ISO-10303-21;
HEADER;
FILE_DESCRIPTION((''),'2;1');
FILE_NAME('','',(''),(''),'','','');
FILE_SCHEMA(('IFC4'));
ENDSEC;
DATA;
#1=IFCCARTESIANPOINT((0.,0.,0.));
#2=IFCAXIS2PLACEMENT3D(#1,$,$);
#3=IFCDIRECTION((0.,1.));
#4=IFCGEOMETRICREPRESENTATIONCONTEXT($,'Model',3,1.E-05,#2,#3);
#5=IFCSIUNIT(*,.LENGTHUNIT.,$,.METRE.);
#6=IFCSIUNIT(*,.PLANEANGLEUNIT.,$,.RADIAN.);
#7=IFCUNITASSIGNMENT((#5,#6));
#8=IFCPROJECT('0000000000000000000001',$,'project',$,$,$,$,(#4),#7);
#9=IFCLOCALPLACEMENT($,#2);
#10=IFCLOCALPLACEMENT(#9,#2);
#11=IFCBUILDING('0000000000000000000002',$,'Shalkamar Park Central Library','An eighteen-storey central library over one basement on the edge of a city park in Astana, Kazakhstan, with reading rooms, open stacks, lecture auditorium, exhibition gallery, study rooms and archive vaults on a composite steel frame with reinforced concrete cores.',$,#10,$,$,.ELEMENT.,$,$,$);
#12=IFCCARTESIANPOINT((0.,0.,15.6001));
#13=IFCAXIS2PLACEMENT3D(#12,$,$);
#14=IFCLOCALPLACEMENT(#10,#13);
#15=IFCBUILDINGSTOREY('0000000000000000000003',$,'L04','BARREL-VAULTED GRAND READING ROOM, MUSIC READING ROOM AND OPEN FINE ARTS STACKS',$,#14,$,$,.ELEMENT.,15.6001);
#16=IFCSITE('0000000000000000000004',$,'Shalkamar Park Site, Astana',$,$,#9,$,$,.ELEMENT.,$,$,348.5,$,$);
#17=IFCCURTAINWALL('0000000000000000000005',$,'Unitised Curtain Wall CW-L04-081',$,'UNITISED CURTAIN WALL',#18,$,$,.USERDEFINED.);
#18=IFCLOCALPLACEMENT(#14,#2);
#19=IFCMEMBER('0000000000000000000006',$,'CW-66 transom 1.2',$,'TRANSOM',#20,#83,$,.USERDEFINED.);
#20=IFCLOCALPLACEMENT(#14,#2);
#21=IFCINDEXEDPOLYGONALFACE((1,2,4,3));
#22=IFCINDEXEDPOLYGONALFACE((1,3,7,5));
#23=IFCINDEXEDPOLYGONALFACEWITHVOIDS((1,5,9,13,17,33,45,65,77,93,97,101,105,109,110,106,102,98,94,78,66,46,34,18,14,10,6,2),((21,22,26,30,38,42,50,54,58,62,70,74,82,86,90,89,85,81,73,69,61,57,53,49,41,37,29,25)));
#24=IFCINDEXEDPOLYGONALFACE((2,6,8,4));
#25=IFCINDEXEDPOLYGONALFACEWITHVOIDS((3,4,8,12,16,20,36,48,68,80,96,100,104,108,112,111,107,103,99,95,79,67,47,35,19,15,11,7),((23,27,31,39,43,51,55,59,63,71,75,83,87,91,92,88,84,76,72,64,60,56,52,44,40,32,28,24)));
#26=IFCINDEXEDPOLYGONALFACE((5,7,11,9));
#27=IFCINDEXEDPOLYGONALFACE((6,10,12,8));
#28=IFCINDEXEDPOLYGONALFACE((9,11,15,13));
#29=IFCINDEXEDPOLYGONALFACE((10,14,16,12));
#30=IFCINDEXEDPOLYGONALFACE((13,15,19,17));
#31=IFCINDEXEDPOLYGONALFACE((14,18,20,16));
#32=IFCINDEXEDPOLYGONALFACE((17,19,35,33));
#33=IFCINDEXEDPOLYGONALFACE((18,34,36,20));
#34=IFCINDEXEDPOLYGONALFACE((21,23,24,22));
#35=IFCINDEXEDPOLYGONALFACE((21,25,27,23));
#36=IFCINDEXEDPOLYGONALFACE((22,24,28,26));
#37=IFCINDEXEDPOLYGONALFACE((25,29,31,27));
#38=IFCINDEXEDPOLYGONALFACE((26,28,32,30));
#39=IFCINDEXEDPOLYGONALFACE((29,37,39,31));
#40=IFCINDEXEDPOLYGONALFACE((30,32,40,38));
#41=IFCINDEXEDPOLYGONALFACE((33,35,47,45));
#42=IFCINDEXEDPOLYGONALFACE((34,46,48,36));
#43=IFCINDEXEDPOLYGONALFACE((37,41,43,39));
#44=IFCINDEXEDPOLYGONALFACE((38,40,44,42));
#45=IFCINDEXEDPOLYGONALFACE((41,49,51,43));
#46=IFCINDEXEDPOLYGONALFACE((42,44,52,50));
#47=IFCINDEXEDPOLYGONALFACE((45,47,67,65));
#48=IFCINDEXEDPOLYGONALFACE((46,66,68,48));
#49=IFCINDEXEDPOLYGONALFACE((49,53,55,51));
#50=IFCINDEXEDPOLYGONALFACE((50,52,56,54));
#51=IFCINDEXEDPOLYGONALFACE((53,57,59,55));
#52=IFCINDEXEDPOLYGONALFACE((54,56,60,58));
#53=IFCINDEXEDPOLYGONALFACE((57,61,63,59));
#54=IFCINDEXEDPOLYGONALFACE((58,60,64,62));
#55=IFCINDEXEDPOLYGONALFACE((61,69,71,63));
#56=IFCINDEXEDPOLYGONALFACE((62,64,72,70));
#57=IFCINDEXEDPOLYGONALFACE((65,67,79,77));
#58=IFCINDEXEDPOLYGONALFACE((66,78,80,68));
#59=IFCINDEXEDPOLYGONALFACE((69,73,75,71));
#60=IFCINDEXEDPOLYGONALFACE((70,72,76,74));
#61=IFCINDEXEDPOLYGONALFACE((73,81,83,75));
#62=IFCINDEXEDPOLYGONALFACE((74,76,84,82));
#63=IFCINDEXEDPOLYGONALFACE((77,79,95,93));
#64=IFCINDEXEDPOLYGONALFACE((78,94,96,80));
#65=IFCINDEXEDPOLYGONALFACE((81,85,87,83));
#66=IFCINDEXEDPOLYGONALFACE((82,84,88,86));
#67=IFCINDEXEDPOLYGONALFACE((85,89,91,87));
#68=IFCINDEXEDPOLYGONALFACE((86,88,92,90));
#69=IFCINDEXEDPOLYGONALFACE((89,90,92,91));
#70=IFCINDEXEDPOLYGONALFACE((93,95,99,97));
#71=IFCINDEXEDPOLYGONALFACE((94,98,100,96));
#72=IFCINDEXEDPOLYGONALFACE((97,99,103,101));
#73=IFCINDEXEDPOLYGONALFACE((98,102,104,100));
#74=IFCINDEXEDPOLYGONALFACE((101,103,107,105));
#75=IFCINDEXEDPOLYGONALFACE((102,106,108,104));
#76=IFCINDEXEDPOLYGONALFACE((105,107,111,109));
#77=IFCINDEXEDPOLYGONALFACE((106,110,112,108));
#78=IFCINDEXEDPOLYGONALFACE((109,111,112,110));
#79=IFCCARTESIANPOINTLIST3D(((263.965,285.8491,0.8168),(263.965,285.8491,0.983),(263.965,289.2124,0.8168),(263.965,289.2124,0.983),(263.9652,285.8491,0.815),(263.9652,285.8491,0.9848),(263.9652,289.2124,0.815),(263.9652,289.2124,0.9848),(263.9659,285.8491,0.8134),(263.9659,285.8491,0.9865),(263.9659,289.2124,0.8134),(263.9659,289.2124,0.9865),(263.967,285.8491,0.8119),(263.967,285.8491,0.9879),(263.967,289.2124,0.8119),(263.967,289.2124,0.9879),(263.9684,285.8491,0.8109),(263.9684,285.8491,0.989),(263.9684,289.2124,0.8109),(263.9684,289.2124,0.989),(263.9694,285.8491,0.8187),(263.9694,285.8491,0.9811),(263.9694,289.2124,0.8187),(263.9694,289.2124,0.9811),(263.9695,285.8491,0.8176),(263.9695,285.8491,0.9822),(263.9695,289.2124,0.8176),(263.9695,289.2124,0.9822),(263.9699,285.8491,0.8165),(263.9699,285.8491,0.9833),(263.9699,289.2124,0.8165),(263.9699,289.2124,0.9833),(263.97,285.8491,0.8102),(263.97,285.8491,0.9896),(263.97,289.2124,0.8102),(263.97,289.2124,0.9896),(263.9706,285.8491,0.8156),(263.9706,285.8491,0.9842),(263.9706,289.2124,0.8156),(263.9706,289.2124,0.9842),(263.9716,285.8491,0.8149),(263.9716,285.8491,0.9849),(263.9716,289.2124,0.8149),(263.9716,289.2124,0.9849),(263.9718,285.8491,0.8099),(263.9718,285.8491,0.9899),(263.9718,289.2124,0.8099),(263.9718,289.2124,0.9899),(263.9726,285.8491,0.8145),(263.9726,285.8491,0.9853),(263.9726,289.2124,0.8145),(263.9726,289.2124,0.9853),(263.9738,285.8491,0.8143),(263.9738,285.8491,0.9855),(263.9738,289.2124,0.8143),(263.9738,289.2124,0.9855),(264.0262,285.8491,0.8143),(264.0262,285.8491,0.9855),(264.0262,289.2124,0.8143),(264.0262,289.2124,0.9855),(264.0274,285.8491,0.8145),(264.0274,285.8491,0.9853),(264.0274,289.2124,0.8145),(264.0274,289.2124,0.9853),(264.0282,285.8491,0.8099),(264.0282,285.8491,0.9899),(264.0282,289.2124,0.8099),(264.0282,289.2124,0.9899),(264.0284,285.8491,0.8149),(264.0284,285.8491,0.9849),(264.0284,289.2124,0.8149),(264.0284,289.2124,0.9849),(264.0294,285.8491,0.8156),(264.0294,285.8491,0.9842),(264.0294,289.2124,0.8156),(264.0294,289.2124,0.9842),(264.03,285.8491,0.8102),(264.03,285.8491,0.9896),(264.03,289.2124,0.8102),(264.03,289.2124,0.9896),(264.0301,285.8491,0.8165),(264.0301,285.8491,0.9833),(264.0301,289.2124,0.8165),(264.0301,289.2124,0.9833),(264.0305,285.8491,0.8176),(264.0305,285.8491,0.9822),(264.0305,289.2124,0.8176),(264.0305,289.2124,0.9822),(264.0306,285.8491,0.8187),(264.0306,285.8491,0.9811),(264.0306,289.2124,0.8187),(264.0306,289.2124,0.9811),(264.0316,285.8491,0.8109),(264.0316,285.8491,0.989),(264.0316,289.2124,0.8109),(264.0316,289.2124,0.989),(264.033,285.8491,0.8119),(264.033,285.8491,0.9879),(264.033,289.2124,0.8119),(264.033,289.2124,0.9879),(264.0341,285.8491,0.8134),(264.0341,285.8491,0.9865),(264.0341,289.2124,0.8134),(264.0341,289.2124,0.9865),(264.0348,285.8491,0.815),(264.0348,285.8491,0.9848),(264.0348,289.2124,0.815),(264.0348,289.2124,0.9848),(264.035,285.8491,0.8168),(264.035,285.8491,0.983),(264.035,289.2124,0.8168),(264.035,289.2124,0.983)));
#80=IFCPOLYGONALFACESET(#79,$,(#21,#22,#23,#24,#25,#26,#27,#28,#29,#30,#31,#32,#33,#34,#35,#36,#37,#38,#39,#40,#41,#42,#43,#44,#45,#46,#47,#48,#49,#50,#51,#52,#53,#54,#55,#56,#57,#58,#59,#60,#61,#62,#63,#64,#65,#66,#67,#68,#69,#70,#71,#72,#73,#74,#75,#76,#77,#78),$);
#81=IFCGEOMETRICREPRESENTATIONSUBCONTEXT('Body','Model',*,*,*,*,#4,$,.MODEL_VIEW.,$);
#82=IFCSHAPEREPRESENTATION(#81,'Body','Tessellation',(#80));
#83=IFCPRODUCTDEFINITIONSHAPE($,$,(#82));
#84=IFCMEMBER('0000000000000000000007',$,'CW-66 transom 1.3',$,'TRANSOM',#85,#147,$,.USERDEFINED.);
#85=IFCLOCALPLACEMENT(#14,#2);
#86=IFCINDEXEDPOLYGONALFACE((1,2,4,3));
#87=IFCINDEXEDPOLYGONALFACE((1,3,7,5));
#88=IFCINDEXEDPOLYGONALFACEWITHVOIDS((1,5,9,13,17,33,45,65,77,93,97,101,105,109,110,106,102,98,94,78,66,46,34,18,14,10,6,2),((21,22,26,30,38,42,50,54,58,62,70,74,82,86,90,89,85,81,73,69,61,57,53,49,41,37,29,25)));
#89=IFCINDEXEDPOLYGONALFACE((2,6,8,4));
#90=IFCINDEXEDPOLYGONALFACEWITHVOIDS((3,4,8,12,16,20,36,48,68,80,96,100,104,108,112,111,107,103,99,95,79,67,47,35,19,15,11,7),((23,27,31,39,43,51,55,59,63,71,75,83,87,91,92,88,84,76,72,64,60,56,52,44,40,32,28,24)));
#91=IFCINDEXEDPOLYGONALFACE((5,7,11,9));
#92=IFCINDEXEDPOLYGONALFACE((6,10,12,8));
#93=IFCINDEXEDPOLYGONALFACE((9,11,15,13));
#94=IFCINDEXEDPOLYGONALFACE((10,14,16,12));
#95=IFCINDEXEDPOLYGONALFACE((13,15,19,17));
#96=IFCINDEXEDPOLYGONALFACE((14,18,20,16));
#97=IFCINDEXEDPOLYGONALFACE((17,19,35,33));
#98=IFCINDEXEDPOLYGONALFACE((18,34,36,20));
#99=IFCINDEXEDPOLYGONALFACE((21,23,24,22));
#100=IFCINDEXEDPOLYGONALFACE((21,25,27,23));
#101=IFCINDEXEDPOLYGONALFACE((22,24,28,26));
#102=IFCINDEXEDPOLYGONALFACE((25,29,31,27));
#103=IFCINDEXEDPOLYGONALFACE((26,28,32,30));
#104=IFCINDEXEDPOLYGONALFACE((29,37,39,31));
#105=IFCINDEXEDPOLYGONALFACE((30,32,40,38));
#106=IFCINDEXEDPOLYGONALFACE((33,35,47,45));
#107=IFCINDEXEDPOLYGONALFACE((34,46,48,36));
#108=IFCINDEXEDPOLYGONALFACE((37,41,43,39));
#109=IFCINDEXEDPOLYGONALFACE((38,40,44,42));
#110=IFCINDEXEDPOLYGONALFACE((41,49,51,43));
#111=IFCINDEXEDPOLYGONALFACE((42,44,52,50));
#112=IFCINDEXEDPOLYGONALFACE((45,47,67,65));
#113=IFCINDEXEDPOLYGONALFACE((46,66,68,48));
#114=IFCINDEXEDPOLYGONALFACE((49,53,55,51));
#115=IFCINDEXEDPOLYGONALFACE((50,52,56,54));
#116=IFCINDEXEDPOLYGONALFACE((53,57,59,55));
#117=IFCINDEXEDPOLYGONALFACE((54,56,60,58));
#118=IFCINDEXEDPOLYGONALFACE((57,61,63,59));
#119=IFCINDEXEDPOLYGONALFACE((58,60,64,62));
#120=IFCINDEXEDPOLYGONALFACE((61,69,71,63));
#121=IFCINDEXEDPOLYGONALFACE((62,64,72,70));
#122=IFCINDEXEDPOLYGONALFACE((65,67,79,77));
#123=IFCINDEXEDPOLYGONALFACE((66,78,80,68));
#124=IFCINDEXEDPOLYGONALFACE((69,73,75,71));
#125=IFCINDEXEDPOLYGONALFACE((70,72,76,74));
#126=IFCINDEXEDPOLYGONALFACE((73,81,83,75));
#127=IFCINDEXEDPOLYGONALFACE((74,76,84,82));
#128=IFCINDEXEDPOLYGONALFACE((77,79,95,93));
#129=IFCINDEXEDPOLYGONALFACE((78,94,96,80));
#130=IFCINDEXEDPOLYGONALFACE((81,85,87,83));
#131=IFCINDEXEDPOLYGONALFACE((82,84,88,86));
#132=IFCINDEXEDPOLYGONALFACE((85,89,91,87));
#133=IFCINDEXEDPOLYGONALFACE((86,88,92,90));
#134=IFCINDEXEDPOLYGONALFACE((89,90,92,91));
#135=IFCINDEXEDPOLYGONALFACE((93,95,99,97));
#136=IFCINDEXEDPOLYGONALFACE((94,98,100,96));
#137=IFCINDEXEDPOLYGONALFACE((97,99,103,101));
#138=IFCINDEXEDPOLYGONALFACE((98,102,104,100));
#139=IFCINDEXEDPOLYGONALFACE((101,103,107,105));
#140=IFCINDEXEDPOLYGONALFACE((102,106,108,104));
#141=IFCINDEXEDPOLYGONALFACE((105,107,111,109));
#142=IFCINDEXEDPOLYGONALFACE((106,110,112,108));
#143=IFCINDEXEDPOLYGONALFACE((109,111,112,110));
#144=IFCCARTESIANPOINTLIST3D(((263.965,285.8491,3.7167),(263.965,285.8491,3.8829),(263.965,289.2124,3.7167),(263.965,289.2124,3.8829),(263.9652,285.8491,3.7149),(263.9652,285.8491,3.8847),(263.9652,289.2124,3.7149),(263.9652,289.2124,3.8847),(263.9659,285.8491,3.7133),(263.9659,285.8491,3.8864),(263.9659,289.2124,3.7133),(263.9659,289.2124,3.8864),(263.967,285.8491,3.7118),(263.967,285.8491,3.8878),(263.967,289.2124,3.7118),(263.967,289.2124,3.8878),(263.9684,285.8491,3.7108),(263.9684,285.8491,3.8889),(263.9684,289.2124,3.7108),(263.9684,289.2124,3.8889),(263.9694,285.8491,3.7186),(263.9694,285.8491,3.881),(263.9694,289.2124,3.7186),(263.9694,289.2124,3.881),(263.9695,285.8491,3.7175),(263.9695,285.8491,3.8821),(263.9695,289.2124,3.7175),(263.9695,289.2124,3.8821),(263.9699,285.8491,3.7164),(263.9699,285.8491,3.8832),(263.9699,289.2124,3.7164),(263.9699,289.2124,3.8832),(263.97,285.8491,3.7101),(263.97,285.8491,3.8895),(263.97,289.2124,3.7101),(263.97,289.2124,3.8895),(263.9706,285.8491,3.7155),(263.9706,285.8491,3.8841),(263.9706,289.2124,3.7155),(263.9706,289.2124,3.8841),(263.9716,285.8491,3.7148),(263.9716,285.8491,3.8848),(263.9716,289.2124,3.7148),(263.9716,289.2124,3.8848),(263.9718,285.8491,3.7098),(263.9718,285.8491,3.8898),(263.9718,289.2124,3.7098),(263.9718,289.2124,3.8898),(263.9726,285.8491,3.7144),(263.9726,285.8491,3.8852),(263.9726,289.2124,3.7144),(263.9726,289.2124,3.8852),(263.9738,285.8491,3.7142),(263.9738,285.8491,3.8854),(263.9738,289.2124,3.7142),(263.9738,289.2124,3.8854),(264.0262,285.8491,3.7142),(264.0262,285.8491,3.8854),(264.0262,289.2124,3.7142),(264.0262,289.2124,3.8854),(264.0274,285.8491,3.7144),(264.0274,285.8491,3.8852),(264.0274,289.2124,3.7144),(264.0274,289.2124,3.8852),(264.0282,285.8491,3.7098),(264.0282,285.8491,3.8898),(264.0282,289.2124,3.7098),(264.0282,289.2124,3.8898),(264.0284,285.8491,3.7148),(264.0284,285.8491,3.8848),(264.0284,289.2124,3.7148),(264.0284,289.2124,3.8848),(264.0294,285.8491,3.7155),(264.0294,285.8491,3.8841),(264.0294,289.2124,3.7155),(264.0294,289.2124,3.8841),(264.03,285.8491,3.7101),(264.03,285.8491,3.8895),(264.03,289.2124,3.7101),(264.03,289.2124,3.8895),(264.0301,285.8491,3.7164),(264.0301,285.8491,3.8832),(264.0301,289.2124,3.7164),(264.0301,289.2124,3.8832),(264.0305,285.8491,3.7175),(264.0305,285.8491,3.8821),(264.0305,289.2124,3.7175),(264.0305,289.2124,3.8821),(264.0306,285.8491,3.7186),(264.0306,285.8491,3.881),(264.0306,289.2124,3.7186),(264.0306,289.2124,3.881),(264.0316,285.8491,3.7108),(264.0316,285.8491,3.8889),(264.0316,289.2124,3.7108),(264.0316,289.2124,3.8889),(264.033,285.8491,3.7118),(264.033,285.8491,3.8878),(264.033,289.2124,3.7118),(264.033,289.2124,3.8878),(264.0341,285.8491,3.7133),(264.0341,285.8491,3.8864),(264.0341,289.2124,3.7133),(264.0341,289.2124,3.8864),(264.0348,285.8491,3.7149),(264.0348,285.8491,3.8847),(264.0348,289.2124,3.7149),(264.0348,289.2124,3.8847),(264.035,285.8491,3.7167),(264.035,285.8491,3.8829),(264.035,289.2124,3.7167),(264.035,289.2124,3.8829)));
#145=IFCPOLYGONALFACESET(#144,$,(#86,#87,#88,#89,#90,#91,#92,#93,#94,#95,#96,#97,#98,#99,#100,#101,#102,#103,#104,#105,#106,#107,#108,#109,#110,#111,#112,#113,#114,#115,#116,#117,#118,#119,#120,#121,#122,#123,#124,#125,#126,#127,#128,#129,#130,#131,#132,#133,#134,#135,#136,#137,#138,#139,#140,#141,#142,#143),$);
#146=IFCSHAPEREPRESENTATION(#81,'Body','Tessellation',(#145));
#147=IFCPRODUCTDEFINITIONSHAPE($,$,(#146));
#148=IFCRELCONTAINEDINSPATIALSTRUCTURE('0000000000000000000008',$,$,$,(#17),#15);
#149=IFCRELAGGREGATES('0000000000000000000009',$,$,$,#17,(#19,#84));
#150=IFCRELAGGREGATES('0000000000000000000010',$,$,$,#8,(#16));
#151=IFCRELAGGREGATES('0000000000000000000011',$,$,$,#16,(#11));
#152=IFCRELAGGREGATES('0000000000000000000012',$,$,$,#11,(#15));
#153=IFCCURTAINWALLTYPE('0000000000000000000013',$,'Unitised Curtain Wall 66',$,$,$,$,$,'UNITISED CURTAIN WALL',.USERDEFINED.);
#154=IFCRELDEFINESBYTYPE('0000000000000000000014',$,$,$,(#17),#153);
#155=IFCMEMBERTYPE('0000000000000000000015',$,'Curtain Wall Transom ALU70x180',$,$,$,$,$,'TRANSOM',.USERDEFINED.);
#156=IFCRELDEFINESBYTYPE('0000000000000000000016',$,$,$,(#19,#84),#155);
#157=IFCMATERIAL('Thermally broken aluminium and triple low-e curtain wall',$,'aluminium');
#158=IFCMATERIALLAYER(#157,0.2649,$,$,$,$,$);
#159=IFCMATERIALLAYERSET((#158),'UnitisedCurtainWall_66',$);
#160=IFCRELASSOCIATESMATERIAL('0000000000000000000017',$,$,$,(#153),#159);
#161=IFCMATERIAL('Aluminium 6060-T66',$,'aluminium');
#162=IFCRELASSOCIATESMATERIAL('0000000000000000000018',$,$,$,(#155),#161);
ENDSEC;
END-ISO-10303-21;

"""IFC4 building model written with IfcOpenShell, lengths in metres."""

from ifc_helpers import new_model, si_unit, direction, frame, origin, origin_2d, place, context, subcontext, project, spatial, hollow_rectangle, extrude, material, layer, layer_set, material_profile, profile_set, type_object, element, aggregate, save


model = new_model("IFC4")

# Units and contexts
model_context = context("Model", 3, precision=1e-05, world=origin(), true_north=direction((0.0, 1.0)))
body_context = subcontext(model_context, "Body", "Model", "MODEL_VIEW")
ifc_project = project(units=[si_unit("LENGTHUNIT", "METRE"), si_unit("PLANEANGLEUNIT", "RADIAN")], contexts=[model_context])

# Site, building, storey
site_placement = place(None, origin())
site = spatial("IfcSite", under=ifc_project, at=site_placement, Name="Shalkamar Park Site, Astana", CompositionType="ELEMENT", RefElevation=348.5)
building_placement = place(site_placement, origin())
building = spatial("IfcBuilding", under=site, at=building_placement, Name="Shalkamar Park Central Library", Description="An eighteen-storey central library over one basement on the edge of a city park in Astana, Kazakhstan, with reading rooms, open stacks, lecture auditorium, exhibition gallery, study rooms and archive vaults on a composite steel frame with reinforced concrete cores.", CompositionType="ELEMENT")
storey_placement = place(building_placement, frame((0.0, 0.0, 15.6001)))
storey = spatial("IfcBuildingStorey", under=building, at=storey_placement, Name="L04", Description="BARREL-VAULTED GRAND READING ROOM, MUSIC READING ROOM AND OPEN FINE ARTS STACKS", CompositionType="ELEMENT", Elevation=15.6001)

# Curtain wall, members
ifc_material_1 = material(Name="Thermally broken aluminium and triple low-e curtain wall", Category="aluminium")
ifc_layer_1 = layer(ifc_material_1, 0.2649)
ifc_layer_set_1 = layer_set([ifc_layer_1], Name="UnitisedCurtainWall_66")
curtain_wall_type = type_object("IfcCurtainWallType", Name="Unitised Curtain Wall 66", ElementType="UNITISED CURTAIN WALL", PredefinedType="USERDEFINED", material=ifc_layer_set_1)
curtain_wall_placement = place(storey_placement, origin())
curtain_wall = element("IfcCurtainWall", 1, at=curtain_wall_placement, inside=storey, type_object=curtain_wall_type, Name="Unitised Curtain Wall CW-L04-081", ObjectType="UNITISED CURTAIN WALL", PredefinedType="USERDEFINED")
ifc_material_2 = material(Name="Aluminium 6060-T66", Category="aluminium")
ifc_material_profile_1 = material_profile(ifc_material_2, hollow_rectangle(XDim=0.0701, YDim=0.1799, WallThickness=0.0044, InnerFilletRadius=0.0044, OuterFilletRadius=0.0068, at=origin_2d()), Name="ALU 70x180x4.5")
ifc_profile_set_1 = profile_set([ifc_material_profile_1], Name="Aluminium 6060-T66")
member_type_1 = type_object("IfcMemberType", Name="Curtain Wall Transom ALU70x180", ElementType="TRANSOM", PredefinedType="USERDEFINED", material=ifc_profile_set_1)
member_1_placement = place(storey_placement, frame((264.0, 285.8491, 0.8999), z_axis=(0.0, 1.0, 0.0), x_axis=(-1.0, 0.0, 0.0)))
member_1 = element("IfcMember", 2, at=member_1_placement, type_object=member_type_1, Name="CW-66 transom 1.2", ObjectType="TRANSOM", PredefinedType="USERDEFINED", context=body_context, shape_type="SweptSolid", body=[
    extrude(hollow_rectangle(XDim=0.0701, YDim=0.1799, WallThickness=0.0044, InnerFilletRadius=0.0044, OuterFilletRadius=0.0068, at=origin_2d()), origin(), (0.0, 0.0, 1.0), 3.3633),
])
member_2_placement = place(storey_placement, frame((264.0, 285.8491, 3.7998), z_axis=(0.0, 1.0, 0.0), x_axis=(-1.0, 0.0, 0.0)))
member_2 = element("IfcMember", 3, at=member_2_placement, type_object=member_type_1, Name="CW-66 transom 1.3", ObjectType="TRANSOM", PredefinedType="USERDEFINED", context=body_context, shape_type="SweptSolid", body=[
    extrude(hollow_rectangle(XDim=0.0701, YDim=0.1799, WallThickness=0.0044, InnerFilletRadius=0.0044, OuterFilletRadius=0.0068, at=origin_2d()), origin(), (0.0, 0.0, 1.0), 3.3633),
])

aggregate(curtain_wall, [member_1, member_2])

save(model, "model.ifc")
